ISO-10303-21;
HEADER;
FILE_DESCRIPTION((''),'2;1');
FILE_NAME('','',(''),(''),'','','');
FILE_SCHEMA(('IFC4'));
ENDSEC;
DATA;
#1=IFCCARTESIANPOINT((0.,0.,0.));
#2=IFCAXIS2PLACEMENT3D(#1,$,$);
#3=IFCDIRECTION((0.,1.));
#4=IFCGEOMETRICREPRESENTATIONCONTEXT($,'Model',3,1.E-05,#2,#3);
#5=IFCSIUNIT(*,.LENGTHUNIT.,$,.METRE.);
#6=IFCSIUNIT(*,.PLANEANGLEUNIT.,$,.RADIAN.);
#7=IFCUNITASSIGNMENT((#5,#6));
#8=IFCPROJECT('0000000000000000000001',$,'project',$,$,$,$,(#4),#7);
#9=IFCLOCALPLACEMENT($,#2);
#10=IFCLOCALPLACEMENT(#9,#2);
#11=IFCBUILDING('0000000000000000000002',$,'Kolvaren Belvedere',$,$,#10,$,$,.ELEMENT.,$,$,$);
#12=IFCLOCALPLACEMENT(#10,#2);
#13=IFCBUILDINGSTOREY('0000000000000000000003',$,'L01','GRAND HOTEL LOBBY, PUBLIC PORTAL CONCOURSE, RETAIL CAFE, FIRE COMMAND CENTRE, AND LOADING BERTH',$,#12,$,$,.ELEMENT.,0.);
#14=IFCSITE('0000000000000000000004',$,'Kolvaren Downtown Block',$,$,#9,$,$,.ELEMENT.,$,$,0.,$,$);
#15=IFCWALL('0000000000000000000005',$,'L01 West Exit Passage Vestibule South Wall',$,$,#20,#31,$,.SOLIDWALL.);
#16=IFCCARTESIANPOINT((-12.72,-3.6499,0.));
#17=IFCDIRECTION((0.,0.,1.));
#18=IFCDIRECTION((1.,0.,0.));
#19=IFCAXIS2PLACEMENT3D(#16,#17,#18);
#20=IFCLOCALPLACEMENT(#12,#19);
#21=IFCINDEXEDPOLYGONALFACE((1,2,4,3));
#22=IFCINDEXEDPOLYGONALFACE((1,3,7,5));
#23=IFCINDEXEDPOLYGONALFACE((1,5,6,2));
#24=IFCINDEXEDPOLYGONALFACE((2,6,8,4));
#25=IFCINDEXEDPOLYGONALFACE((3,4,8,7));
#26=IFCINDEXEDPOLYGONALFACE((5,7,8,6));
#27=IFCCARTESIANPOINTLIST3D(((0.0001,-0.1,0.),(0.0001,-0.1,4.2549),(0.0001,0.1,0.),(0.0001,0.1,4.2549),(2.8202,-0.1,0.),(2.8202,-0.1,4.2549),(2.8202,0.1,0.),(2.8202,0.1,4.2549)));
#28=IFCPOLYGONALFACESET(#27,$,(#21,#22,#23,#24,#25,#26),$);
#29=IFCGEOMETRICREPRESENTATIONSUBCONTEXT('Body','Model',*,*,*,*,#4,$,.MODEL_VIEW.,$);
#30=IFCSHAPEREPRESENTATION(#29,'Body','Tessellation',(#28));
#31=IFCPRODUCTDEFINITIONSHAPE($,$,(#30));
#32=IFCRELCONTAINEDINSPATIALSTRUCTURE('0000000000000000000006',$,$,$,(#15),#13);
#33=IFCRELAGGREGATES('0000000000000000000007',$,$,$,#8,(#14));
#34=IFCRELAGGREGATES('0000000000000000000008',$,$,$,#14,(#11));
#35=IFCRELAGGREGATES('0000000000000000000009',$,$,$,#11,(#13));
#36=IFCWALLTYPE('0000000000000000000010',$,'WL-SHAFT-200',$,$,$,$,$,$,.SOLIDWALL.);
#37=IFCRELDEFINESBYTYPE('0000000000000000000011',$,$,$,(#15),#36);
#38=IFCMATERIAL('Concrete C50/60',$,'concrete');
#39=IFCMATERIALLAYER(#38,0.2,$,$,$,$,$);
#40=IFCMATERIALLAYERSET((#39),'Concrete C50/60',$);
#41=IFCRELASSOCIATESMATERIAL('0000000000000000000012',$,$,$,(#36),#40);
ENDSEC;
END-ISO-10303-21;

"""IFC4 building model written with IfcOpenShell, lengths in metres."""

from ifc_helpers import new_model, si_unit, direction, frame, frame_2d, origin, place, context, subcontext, project, spatial, rectangle, extrude, material, layer, layer_set, type_object, element, save


model = new_model("IFC4")

# Units and contexts
model_context = context("Model", 3, precision=1e-05, world=origin(), true_north=direction((0.0, 1.0)))
body_context = subcontext(model_context, "Body", "Model", "MODEL_VIEW")
ifc_project = project(units=[si_unit("LENGTHUNIT", "METRE"), si_unit("PLANEANGLEUNIT", "RADIAN")], contexts=[model_context])

# Site, building, storey
site_placement = place(None, origin())
site = spatial("IfcSite", under=ifc_project, at=site_placement, Name="Kolvaren Downtown Block", CompositionType="ELEMENT", RefElevation=0.0)
building_placement = place(site_placement, origin())
building = spatial("IfcBuilding", under=site, at=building_placement, Name="Kolvaren Belvedere", CompositionType="ELEMENT")
storey_placement = place(building_placement, origin())
storey = spatial("IfcBuildingStorey", under=building, at=storey_placement, Name="L01", Description="GRAND HOTEL LOBBY, PUBLIC PORTAL CONCOURSE, RETAIL CAFE, FIRE COMMAND CENTRE, AND LOADING BERTH", CompositionType="ELEMENT", Elevation=0.0)

# Wall
ifc_material_1 = material(Name="Concrete C50/60", Category="concrete")
ifc_layer_1 = layer(ifc_material_1, 0.2)
ifc_layer_set_1 = layer_set([ifc_layer_1], Name="Concrete C50/60")
wall_type_1 = type_object("IfcWallType", Name="WL-SHAFT-200", PredefinedType="SOLIDWALL", material=ifc_layer_set_1)
wall_1_placement = place(storey_placement, frame((-12.72, -3.6499, 0.0), z_axis=(0.0, 0.0, 1.0), x_axis=(1.0, 0.0, 0.0)))
element("IfcWall", 1, at=wall_1_placement, inside=storey, type_object=wall_type_1, Name="L01 West Exit Passage Vestibule South Wall", PredefinedType="SOLIDWALL", context=body_context, shape_type="SweptSolid", body=[
    extrude(rectangle(XDim=2.8201, YDim=0.2, at=frame_2d((1.4102, 0.0))), origin(), (0.0, 0.0, 1.0), 4.2549),
])

save(model, "model.ifc")
